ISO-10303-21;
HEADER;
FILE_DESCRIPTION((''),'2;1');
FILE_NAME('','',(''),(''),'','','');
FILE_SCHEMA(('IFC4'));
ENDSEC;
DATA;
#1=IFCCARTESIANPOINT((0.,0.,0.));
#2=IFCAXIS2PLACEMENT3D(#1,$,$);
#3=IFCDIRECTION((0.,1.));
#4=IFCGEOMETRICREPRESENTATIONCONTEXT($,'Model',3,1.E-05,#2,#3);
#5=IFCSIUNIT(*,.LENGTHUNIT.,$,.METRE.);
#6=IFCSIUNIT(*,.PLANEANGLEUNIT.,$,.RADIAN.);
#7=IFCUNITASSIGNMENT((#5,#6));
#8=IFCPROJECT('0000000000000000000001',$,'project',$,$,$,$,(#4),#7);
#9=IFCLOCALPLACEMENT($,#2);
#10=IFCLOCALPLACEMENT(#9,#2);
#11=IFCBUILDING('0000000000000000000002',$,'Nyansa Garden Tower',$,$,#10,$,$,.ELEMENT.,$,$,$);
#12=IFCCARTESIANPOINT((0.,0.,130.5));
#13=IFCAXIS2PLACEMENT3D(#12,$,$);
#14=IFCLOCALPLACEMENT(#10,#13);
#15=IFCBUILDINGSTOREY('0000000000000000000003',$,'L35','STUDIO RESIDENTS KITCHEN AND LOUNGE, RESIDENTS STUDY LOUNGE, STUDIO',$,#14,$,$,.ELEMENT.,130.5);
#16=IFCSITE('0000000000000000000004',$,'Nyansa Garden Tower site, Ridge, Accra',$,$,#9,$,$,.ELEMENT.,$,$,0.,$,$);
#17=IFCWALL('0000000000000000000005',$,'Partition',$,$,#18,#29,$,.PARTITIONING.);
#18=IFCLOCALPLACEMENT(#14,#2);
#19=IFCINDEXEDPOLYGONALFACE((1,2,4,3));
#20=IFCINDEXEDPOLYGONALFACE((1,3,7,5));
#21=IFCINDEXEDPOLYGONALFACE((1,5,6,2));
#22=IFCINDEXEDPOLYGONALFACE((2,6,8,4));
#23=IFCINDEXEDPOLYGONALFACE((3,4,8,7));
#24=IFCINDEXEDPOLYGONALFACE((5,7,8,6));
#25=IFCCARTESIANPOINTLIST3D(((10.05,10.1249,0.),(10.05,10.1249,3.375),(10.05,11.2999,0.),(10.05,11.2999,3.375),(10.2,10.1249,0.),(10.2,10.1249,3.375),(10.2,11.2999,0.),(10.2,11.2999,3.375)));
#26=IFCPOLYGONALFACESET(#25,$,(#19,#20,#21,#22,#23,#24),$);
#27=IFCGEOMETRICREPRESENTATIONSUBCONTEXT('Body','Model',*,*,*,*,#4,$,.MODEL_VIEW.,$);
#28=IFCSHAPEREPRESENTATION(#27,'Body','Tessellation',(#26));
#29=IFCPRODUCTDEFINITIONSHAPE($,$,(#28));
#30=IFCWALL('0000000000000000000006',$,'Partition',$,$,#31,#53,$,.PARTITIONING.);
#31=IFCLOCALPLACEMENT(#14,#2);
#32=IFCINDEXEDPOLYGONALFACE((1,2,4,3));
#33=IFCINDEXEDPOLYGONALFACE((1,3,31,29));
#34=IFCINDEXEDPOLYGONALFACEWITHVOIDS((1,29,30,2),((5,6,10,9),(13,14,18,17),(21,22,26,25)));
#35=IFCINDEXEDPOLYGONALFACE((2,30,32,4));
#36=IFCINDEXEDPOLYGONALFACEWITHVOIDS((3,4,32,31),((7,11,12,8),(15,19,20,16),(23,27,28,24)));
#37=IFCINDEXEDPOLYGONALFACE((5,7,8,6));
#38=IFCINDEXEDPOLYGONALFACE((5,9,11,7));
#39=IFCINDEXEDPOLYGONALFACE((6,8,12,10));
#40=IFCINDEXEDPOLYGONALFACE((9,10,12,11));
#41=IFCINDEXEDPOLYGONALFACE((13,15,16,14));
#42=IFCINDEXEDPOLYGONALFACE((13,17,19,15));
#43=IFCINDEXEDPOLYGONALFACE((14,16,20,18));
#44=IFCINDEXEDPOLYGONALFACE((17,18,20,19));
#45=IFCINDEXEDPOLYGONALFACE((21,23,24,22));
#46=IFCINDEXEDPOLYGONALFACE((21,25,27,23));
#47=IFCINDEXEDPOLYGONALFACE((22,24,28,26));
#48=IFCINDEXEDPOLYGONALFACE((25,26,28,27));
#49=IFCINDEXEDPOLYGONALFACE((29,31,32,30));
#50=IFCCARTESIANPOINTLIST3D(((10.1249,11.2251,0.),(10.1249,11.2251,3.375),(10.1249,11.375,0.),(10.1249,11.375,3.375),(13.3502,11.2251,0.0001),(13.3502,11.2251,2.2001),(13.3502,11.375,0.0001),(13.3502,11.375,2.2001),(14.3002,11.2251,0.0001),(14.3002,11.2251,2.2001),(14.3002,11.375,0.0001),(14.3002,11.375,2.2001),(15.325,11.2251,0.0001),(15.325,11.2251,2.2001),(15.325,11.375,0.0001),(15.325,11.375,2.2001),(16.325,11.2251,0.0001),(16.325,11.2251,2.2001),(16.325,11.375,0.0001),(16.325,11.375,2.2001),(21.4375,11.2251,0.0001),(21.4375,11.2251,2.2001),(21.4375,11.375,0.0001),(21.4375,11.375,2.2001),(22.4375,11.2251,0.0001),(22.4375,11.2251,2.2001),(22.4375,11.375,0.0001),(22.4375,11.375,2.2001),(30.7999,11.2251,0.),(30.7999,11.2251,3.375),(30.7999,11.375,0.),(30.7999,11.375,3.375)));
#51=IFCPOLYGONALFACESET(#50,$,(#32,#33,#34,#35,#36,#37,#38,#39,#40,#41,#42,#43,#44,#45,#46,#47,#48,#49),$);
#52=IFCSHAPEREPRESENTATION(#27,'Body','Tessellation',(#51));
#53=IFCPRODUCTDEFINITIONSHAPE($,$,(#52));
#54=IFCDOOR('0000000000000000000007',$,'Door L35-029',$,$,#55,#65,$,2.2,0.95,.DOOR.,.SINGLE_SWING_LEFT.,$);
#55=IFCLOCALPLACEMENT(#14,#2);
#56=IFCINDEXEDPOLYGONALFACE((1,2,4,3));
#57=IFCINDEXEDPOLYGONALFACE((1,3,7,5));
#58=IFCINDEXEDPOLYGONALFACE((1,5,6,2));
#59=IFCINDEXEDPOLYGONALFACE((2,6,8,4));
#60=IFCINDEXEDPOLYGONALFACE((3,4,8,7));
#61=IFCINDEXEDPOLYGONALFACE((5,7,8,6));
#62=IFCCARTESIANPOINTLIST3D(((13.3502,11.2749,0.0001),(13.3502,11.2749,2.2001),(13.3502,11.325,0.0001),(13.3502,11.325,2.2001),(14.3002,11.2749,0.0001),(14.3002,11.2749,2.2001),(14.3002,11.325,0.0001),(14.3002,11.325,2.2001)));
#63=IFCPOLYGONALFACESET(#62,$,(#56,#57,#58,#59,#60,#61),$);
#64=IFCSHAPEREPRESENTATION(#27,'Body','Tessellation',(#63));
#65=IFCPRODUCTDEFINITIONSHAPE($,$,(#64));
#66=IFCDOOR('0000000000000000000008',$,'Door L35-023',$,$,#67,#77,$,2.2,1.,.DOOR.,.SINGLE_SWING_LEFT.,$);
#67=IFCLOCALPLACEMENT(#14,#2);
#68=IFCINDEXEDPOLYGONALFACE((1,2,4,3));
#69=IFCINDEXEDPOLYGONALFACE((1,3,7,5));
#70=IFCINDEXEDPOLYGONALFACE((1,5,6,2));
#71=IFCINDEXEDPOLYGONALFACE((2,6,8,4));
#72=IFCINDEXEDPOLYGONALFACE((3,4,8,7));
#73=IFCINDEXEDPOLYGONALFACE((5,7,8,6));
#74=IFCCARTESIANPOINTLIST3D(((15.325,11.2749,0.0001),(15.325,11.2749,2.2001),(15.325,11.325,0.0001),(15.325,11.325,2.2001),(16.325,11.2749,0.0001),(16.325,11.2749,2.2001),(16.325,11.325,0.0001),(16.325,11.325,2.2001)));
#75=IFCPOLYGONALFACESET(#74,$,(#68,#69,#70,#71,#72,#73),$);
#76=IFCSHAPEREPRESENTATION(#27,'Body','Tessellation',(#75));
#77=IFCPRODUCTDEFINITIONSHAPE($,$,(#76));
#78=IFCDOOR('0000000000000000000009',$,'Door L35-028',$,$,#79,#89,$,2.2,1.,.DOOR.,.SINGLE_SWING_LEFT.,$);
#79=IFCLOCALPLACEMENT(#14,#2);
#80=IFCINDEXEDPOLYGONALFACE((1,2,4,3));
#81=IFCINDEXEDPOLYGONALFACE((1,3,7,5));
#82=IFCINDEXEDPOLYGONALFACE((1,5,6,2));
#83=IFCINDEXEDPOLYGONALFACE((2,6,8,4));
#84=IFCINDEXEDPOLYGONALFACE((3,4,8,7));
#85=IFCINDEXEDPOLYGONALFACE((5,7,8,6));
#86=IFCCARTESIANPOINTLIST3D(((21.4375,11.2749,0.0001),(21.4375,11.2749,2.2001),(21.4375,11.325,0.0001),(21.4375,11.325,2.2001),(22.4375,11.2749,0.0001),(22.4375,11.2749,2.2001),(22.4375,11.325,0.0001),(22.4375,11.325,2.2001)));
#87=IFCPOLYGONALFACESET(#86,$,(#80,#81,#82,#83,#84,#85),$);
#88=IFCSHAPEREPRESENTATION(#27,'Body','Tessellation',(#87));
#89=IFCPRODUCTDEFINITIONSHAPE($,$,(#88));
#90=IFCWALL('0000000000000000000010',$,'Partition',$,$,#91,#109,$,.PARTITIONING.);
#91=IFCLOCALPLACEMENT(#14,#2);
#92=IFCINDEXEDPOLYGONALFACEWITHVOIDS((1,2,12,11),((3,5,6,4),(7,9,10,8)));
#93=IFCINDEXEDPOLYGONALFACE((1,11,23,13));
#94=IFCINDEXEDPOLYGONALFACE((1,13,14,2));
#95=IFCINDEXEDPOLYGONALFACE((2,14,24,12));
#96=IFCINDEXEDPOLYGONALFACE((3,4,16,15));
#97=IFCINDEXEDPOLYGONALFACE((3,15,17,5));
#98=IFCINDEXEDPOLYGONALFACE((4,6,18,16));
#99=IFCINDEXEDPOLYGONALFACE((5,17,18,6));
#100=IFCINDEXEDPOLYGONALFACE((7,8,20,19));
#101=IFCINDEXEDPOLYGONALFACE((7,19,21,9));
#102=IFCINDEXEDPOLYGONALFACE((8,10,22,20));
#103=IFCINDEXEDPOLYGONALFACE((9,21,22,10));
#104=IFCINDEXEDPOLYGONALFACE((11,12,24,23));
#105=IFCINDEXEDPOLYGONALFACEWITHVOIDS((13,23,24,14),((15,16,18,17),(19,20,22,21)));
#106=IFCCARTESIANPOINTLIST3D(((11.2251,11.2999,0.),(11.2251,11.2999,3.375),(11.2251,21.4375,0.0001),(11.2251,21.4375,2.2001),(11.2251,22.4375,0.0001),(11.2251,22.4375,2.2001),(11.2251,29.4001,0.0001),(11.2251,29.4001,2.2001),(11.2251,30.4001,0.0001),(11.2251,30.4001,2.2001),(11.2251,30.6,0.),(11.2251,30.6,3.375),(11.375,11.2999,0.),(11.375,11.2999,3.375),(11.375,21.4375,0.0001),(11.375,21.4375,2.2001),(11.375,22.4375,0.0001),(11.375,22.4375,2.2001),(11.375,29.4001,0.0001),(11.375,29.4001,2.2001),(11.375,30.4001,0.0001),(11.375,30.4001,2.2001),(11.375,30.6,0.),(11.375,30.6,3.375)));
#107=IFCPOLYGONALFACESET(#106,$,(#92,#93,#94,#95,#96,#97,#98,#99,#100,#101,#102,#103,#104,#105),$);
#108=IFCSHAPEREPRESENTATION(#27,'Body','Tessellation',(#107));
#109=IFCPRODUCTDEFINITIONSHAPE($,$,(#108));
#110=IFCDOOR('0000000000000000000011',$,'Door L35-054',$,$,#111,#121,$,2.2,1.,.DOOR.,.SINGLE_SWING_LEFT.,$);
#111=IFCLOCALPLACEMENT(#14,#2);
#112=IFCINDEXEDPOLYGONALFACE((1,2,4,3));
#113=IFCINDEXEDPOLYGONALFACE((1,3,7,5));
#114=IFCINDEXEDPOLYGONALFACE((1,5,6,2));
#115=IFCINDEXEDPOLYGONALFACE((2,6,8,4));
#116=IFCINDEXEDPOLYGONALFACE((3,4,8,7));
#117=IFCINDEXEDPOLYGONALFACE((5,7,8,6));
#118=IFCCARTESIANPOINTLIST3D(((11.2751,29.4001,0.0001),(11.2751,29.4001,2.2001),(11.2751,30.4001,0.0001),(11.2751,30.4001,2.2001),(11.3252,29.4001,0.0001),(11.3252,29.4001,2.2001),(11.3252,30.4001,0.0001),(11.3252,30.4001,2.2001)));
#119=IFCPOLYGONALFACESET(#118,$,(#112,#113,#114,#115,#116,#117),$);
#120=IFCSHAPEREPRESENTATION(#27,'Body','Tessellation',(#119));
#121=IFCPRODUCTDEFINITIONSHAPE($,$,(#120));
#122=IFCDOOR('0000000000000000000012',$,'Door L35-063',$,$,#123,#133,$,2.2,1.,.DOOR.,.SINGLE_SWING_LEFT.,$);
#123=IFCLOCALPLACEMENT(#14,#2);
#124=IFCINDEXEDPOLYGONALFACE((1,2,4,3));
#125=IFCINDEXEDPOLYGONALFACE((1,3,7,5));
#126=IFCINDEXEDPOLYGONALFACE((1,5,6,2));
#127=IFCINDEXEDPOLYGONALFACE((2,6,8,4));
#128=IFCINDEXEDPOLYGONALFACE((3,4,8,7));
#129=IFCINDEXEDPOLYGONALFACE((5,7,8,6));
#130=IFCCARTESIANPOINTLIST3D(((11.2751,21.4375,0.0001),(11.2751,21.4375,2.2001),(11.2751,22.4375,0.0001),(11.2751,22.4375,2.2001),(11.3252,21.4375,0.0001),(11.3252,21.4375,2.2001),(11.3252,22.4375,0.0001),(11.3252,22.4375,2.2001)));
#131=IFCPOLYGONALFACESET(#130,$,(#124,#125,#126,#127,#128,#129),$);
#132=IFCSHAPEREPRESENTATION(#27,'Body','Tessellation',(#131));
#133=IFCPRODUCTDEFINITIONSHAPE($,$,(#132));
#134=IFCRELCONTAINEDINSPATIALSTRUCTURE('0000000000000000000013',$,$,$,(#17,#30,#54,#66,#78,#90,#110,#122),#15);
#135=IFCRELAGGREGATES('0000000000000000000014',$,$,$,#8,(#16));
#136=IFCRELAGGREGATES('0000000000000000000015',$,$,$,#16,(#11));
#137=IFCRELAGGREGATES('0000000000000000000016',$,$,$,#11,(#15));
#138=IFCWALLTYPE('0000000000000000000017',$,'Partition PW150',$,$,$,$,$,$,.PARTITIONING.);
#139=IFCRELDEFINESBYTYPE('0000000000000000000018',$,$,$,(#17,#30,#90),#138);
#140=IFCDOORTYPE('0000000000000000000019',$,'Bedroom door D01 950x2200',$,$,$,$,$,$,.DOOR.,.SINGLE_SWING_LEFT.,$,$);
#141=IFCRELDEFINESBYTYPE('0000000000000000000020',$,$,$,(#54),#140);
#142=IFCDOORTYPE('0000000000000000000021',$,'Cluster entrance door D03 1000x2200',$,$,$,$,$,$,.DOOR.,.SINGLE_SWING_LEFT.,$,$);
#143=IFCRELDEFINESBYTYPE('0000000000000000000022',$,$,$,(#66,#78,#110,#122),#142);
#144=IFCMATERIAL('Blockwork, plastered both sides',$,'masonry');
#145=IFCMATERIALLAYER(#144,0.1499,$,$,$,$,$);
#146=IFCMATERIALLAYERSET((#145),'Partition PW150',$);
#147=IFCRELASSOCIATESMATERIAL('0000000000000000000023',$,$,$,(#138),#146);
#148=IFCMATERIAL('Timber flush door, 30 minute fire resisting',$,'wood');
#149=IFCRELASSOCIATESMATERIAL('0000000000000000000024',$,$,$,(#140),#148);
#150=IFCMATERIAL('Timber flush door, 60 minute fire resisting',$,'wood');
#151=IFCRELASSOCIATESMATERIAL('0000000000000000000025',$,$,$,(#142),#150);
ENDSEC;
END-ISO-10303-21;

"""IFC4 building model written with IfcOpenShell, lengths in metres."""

from ifc_helpers import new_model, si_unit, direction, frame, frame_2d, origin, place, context, subcontext, project, spatial, rectangle, extrude, material, layer, layer_set, type_object, element, fill, save


model = new_model("IFC4")

# Units and contexts
model_context = context("Model", 3, precision=1e-05, world=origin(), true_north=direction((0.0, 1.0)))
body_context = subcontext(model_context, "Body", "Model", "MODEL_VIEW")
ifc_project = project(units=[si_unit("LENGTHUNIT", "METRE"), si_unit("PLANEANGLEUNIT", "RADIAN")], contexts=[model_context])

# Site, building, storey
site_placement = place(None, origin())
site = spatial("IfcSite", under=ifc_project, at=site_placement, Name="Nyansa Garden Tower site, Ridge, Accra", CompositionType="ELEMENT", RefElevation=0.0)
building_placement = place(site_placement, origin())
building = spatial("IfcBuilding", under=site, at=building_placement, Name="Nyansa Garden Tower", CompositionType="ELEMENT")
storey_placement = place(building_placement, frame((0.0, 0.0, 130.5)))
storey = spatial("IfcBuildingStorey", under=building, at=storey_placement, Name="L35", Description="STUDIO RESIDENTS KITCHEN AND LOUNGE, RESIDENTS STUDY LOUNGE, STUDIO", CompositionType="ELEMENT", Elevation=130.5)

# Shared definitions
ifc_material_1 = material(Name="Blockwork, plastered both sides", Category="masonry")
ifc_layer = layer(ifc_material_1, 0.1499)
ifc_layer_set = layer_set([ifc_layer], Name="Partition PW150")
wall_type = type_object("IfcWallType", Name="Partition PW150", PredefinedType="PARTITIONING", material=ifc_layer_set)
ifc_material_2 = material(Name="Timber flush door, 30 minute fire resisting", Category="wood")
door_type_1 = type_object("IfcDoorType", Name="Bedroom door D01 950x2200", OperationType="SINGLE_SWING_LEFT", PredefinedType="DOOR", material=ifc_material_2)
ifc_material_3 = material(Name="Timber flush door, 60 minute fire resisting", Category="wood")
door_type_2 = type_object("IfcDoorType", Name="Cluster entrance door D03 1000x2200", OperationType="SINGLE_SWING_LEFT", PredefinedType="DOOR", material=ifc_material_3)

# Wall
wall_1_placement = place(storey_placement, frame((10.125, 10.125, 0.0), z_axis=(0.0, 0.0, 1.0), x_axis=(0.0, 1.0, 0.0)))
element("IfcWall", 1, at=wall_1_placement, inside=storey, type_object=wall_type, Name="Partition", PredefinedType="PARTITIONING", context=body_context, shape_type="SweptSolid", body=[
    extrude(rectangle(XDim=1.175, YDim=0.1499, at=frame_2d((0.5874, 0.0))), origin(), (0.0, 0.0, 1.0), 3.375),
])

# Walls, openings, doors
wall_2_placement = place(storey_placement, frame((10.125, 11.3, 0.0), z_axis=(0.0, 0.0, 1.0), x_axis=(1.0, 0.0, 0.0)))
wall_2 = element("IfcWall", 2, at=wall_2_placement, inside=storey, type_object=wall_type, Name="Partition", PredefinedType="PARTITIONING", context=body_context, shape_type="SweptSolid", body=[
    extrude(rectangle(XDim=20.675, YDim=0.1499, at=frame_2d((10.3374, 0.0))), origin(), (0.0, 0.0, 1.0), 3.375),
])
opening_1_placement = place(wall_2_placement, frame((5.2, 0.0, 0.0)))
opening_1 = element("IfcOpeningElement", 3, at=opening_1_placement, cuts=wall_2, PredefinedType="OPENING", context=body_context, shape_type="SweptSolid", body=[
    extrude(rectangle(XDim=1.0, YDim=2.2, at=frame_2d((0.5, 1.1001))), frame((0.0, 0.085, 0.0), z_axis=(0.0, -1.0, 0.0), x_axis=(1.0, 0.0, 0.0)), (0.0, 0.0, 1.0), 0.1699),
])
opening_2_placement = place(wall_2_placement, frame((11.3125, 0.0, 0.0)))
opening_2 = element("IfcOpeningElement", 4, at=opening_2_placement, cuts=wall_2, PredefinedType="OPENING", context=body_context, shape_type="SweptSolid", body=[
    extrude(rectangle(XDim=1.0, YDim=2.2, at=frame_2d((0.5, 1.1001))), frame((0.0, 0.085, 0.0), z_axis=(0.0, -1.0, 0.0), x_axis=(1.0, 0.0, 0.0)), (0.0, 0.0, 1.0), 0.1699),
])
opening_3_placement = place(wall_2_placement, frame((3.2251, 0.0, 0.0)))
opening_3 = element("IfcOpeningElement", 5, at=opening_3_placement, cuts=wall_2, PredefinedType="OPENING", context=body_context, shape_type="SweptSolid", body=[
    extrude(rectangle(XDim=0.95, YDim=2.2, at=frame_2d((0.4751, 1.1001))), frame((0.0, 0.085, 0.0), z_axis=(0.0, -1.0, 0.0), x_axis=(1.0, 0.0, 0.0)), (0.0, 0.0, 1.0), 0.1699),
])
door_1_placement = place(opening_3_placement, origin())
door_1 = element("IfcDoor", 6, at=door_1_placement, inside=storey, type_object=door_type_1, Name="Door L35-029", OperationType="SINGLE_SWING_LEFT", OverallHeight=2.2, OverallWidth=0.95, PredefinedType="DOOR", context=body_context, shape_type="SweptSolid", body=[
    extrude(rectangle(XDim=0.95, YDim=2.2, at=frame_2d((0.4751, 1.1001))), frame((0.0, 0.0249, 0.0), z_axis=(0.0, -1.0, 0.0), x_axis=(1.0, 0.0, 0.0)), (0.0, 0.0, 1.0), 0.05),
])
fill(opening_3, door_1)
door_2_placement = place(opening_1_placement, origin())
door_2 = element("IfcDoor", 7, at=door_2_placement, inside=storey, type_object=door_type_2, Name="Door L35-023", OperationType="SINGLE_SWING_LEFT", OverallHeight=2.2, OverallWidth=1.0, PredefinedType="DOOR", context=body_context, shape_type="SweptSolid", body=[
    extrude(rectangle(XDim=1.0, YDim=2.2, at=frame_2d((0.5, 1.1001))), frame((0.0, 0.0249, 0.0), z_axis=(0.0, -1.0, 0.0), x_axis=(1.0, 0.0, 0.0)), (0.0, 0.0, 1.0), 0.05),
])
fill(opening_1, door_2)
door_3_placement = place(opening_2_placement, origin())
door_3 = element("IfcDoor", 8, at=door_3_placement, inside=storey, type_object=door_type_2, Name="Door L35-028", OperationType="SINGLE_SWING_LEFT", OverallHeight=2.2, OverallWidth=1.0, PredefinedType="DOOR", context=body_context, shape_type="SweptSolid", body=[
    extrude(rectangle(XDim=1.0, YDim=2.2, at=frame_2d((0.5, 1.1001))), frame((0.0, 0.0249, 0.0), z_axis=(0.0, -1.0, 0.0), x_axis=(1.0, 0.0, 0.0)), (0.0, 0.0, 1.0), 0.05),
])
fill(opening_2, door_3)
wall_3_placement = place(storey_placement, frame((11.3, 11.3, 0.0), z_axis=(0.0, 0.0, 1.0), x_axis=(0.0, 1.0, 0.0)))
wall_3 = element("IfcWall", 9, at=wall_3_placement, inside=storey, type_object=wall_type, Name="Partition", PredefinedType="PARTITIONING", context=body_context, shape_type="SweptSolid", body=[
    extrude(rectangle(XDim=19.3, YDim=0.1499, at=frame_2d((9.6499, 0.0))), origin(), (0.0, 0.0, 1.0), 3.375),
])
opening_4_placement = place(wall_3_placement, frame((18.1001, 0.0, 0.0)))
opening_4 = element("IfcOpeningElement", 10, at=opening_4_placement, cuts=wall_3, PredefinedType="OPENING", context=body_context, shape_type="SweptSolid", body=[
    extrude(rectangle(XDim=1.0, YDim=2.2, at=frame_2d((0.5, 1.1001))), frame((0.0, 0.085, 0.0), z_axis=(0.0, -1.0, 0.0), x_axis=(1.0, 0.0, 0.0)), (0.0, 0.0, 1.0), 0.1699),
])
opening_5_placement = place(wall_3_placement, frame((10.1375, 0.0, 0.0)))
opening_5 = element("IfcOpeningElement", 11, at=opening_5_placement, cuts=wall_3, PredefinedType="OPENING", context=body_context, shape_type="SweptSolid", body=[
    extrude(rectangle(XDim=1.0, YDim=2.2, at=frame_2d((0.5, 1.1001))), frame((0.0, 0.085, 0.0), z_axis=(0.0, -1.0, 0.0), x_axis=(1.0, 0.0, 0.0)), (0.0, 0.0, 1.0), 0.1699),
])
door_4_placement = place(opening_4_placement, origin())
door_4 = element("IfcDoor", 12, at=door_4_placement, inside=storey, type_object=door_type_2, Name="Door L35-054", OperationType="SINGLE_SWING_LEFT", OverallHeight=2.2, OverallWidth=1.0, PredefinedType="DOOR", context=body_context, shape_type="SweptSolid", body=[
    extrude(rectangle(XDim=1.0, YDim=2.2, at=frame_2d((0.5, 1.1001))), frame((0.0, 0.0249, 0.0), z_axis=(0.0, -1.0, 0.0), x_axis=(1.0, 0.0, 0.0)), (0.0, 0.0, 1.0), 0.05),
])
fill(opening_4, door_4)
door_5_placement = place(opening_5_placement, origin())
door_5 = element("IfcDoor", 13, at=door_5_placement, inside=storey, type_object=door_type_2, Name="Door L35-063", OperationType="SINGLE_SWING_LEFT", OverallHeight=2.2, OverallWidth=1.0, PredefinedType="DOOR", context=body_context, shape_type="SweptSolid", body=[
    extrude(rectangle(XDim=1.0, YDim=2.2, at=frame_2d((0.5, 1.1001))), frame((0.0, 0.0249, 0.0), z_axis=(0.0, -1.0, 0.0), x_axis=(1.0, 0.0, 0.0)), (0.0, 0.0, 1.0), 0.05),
])
fill(opening_5, door_5)

save(model, "model.ifc")
